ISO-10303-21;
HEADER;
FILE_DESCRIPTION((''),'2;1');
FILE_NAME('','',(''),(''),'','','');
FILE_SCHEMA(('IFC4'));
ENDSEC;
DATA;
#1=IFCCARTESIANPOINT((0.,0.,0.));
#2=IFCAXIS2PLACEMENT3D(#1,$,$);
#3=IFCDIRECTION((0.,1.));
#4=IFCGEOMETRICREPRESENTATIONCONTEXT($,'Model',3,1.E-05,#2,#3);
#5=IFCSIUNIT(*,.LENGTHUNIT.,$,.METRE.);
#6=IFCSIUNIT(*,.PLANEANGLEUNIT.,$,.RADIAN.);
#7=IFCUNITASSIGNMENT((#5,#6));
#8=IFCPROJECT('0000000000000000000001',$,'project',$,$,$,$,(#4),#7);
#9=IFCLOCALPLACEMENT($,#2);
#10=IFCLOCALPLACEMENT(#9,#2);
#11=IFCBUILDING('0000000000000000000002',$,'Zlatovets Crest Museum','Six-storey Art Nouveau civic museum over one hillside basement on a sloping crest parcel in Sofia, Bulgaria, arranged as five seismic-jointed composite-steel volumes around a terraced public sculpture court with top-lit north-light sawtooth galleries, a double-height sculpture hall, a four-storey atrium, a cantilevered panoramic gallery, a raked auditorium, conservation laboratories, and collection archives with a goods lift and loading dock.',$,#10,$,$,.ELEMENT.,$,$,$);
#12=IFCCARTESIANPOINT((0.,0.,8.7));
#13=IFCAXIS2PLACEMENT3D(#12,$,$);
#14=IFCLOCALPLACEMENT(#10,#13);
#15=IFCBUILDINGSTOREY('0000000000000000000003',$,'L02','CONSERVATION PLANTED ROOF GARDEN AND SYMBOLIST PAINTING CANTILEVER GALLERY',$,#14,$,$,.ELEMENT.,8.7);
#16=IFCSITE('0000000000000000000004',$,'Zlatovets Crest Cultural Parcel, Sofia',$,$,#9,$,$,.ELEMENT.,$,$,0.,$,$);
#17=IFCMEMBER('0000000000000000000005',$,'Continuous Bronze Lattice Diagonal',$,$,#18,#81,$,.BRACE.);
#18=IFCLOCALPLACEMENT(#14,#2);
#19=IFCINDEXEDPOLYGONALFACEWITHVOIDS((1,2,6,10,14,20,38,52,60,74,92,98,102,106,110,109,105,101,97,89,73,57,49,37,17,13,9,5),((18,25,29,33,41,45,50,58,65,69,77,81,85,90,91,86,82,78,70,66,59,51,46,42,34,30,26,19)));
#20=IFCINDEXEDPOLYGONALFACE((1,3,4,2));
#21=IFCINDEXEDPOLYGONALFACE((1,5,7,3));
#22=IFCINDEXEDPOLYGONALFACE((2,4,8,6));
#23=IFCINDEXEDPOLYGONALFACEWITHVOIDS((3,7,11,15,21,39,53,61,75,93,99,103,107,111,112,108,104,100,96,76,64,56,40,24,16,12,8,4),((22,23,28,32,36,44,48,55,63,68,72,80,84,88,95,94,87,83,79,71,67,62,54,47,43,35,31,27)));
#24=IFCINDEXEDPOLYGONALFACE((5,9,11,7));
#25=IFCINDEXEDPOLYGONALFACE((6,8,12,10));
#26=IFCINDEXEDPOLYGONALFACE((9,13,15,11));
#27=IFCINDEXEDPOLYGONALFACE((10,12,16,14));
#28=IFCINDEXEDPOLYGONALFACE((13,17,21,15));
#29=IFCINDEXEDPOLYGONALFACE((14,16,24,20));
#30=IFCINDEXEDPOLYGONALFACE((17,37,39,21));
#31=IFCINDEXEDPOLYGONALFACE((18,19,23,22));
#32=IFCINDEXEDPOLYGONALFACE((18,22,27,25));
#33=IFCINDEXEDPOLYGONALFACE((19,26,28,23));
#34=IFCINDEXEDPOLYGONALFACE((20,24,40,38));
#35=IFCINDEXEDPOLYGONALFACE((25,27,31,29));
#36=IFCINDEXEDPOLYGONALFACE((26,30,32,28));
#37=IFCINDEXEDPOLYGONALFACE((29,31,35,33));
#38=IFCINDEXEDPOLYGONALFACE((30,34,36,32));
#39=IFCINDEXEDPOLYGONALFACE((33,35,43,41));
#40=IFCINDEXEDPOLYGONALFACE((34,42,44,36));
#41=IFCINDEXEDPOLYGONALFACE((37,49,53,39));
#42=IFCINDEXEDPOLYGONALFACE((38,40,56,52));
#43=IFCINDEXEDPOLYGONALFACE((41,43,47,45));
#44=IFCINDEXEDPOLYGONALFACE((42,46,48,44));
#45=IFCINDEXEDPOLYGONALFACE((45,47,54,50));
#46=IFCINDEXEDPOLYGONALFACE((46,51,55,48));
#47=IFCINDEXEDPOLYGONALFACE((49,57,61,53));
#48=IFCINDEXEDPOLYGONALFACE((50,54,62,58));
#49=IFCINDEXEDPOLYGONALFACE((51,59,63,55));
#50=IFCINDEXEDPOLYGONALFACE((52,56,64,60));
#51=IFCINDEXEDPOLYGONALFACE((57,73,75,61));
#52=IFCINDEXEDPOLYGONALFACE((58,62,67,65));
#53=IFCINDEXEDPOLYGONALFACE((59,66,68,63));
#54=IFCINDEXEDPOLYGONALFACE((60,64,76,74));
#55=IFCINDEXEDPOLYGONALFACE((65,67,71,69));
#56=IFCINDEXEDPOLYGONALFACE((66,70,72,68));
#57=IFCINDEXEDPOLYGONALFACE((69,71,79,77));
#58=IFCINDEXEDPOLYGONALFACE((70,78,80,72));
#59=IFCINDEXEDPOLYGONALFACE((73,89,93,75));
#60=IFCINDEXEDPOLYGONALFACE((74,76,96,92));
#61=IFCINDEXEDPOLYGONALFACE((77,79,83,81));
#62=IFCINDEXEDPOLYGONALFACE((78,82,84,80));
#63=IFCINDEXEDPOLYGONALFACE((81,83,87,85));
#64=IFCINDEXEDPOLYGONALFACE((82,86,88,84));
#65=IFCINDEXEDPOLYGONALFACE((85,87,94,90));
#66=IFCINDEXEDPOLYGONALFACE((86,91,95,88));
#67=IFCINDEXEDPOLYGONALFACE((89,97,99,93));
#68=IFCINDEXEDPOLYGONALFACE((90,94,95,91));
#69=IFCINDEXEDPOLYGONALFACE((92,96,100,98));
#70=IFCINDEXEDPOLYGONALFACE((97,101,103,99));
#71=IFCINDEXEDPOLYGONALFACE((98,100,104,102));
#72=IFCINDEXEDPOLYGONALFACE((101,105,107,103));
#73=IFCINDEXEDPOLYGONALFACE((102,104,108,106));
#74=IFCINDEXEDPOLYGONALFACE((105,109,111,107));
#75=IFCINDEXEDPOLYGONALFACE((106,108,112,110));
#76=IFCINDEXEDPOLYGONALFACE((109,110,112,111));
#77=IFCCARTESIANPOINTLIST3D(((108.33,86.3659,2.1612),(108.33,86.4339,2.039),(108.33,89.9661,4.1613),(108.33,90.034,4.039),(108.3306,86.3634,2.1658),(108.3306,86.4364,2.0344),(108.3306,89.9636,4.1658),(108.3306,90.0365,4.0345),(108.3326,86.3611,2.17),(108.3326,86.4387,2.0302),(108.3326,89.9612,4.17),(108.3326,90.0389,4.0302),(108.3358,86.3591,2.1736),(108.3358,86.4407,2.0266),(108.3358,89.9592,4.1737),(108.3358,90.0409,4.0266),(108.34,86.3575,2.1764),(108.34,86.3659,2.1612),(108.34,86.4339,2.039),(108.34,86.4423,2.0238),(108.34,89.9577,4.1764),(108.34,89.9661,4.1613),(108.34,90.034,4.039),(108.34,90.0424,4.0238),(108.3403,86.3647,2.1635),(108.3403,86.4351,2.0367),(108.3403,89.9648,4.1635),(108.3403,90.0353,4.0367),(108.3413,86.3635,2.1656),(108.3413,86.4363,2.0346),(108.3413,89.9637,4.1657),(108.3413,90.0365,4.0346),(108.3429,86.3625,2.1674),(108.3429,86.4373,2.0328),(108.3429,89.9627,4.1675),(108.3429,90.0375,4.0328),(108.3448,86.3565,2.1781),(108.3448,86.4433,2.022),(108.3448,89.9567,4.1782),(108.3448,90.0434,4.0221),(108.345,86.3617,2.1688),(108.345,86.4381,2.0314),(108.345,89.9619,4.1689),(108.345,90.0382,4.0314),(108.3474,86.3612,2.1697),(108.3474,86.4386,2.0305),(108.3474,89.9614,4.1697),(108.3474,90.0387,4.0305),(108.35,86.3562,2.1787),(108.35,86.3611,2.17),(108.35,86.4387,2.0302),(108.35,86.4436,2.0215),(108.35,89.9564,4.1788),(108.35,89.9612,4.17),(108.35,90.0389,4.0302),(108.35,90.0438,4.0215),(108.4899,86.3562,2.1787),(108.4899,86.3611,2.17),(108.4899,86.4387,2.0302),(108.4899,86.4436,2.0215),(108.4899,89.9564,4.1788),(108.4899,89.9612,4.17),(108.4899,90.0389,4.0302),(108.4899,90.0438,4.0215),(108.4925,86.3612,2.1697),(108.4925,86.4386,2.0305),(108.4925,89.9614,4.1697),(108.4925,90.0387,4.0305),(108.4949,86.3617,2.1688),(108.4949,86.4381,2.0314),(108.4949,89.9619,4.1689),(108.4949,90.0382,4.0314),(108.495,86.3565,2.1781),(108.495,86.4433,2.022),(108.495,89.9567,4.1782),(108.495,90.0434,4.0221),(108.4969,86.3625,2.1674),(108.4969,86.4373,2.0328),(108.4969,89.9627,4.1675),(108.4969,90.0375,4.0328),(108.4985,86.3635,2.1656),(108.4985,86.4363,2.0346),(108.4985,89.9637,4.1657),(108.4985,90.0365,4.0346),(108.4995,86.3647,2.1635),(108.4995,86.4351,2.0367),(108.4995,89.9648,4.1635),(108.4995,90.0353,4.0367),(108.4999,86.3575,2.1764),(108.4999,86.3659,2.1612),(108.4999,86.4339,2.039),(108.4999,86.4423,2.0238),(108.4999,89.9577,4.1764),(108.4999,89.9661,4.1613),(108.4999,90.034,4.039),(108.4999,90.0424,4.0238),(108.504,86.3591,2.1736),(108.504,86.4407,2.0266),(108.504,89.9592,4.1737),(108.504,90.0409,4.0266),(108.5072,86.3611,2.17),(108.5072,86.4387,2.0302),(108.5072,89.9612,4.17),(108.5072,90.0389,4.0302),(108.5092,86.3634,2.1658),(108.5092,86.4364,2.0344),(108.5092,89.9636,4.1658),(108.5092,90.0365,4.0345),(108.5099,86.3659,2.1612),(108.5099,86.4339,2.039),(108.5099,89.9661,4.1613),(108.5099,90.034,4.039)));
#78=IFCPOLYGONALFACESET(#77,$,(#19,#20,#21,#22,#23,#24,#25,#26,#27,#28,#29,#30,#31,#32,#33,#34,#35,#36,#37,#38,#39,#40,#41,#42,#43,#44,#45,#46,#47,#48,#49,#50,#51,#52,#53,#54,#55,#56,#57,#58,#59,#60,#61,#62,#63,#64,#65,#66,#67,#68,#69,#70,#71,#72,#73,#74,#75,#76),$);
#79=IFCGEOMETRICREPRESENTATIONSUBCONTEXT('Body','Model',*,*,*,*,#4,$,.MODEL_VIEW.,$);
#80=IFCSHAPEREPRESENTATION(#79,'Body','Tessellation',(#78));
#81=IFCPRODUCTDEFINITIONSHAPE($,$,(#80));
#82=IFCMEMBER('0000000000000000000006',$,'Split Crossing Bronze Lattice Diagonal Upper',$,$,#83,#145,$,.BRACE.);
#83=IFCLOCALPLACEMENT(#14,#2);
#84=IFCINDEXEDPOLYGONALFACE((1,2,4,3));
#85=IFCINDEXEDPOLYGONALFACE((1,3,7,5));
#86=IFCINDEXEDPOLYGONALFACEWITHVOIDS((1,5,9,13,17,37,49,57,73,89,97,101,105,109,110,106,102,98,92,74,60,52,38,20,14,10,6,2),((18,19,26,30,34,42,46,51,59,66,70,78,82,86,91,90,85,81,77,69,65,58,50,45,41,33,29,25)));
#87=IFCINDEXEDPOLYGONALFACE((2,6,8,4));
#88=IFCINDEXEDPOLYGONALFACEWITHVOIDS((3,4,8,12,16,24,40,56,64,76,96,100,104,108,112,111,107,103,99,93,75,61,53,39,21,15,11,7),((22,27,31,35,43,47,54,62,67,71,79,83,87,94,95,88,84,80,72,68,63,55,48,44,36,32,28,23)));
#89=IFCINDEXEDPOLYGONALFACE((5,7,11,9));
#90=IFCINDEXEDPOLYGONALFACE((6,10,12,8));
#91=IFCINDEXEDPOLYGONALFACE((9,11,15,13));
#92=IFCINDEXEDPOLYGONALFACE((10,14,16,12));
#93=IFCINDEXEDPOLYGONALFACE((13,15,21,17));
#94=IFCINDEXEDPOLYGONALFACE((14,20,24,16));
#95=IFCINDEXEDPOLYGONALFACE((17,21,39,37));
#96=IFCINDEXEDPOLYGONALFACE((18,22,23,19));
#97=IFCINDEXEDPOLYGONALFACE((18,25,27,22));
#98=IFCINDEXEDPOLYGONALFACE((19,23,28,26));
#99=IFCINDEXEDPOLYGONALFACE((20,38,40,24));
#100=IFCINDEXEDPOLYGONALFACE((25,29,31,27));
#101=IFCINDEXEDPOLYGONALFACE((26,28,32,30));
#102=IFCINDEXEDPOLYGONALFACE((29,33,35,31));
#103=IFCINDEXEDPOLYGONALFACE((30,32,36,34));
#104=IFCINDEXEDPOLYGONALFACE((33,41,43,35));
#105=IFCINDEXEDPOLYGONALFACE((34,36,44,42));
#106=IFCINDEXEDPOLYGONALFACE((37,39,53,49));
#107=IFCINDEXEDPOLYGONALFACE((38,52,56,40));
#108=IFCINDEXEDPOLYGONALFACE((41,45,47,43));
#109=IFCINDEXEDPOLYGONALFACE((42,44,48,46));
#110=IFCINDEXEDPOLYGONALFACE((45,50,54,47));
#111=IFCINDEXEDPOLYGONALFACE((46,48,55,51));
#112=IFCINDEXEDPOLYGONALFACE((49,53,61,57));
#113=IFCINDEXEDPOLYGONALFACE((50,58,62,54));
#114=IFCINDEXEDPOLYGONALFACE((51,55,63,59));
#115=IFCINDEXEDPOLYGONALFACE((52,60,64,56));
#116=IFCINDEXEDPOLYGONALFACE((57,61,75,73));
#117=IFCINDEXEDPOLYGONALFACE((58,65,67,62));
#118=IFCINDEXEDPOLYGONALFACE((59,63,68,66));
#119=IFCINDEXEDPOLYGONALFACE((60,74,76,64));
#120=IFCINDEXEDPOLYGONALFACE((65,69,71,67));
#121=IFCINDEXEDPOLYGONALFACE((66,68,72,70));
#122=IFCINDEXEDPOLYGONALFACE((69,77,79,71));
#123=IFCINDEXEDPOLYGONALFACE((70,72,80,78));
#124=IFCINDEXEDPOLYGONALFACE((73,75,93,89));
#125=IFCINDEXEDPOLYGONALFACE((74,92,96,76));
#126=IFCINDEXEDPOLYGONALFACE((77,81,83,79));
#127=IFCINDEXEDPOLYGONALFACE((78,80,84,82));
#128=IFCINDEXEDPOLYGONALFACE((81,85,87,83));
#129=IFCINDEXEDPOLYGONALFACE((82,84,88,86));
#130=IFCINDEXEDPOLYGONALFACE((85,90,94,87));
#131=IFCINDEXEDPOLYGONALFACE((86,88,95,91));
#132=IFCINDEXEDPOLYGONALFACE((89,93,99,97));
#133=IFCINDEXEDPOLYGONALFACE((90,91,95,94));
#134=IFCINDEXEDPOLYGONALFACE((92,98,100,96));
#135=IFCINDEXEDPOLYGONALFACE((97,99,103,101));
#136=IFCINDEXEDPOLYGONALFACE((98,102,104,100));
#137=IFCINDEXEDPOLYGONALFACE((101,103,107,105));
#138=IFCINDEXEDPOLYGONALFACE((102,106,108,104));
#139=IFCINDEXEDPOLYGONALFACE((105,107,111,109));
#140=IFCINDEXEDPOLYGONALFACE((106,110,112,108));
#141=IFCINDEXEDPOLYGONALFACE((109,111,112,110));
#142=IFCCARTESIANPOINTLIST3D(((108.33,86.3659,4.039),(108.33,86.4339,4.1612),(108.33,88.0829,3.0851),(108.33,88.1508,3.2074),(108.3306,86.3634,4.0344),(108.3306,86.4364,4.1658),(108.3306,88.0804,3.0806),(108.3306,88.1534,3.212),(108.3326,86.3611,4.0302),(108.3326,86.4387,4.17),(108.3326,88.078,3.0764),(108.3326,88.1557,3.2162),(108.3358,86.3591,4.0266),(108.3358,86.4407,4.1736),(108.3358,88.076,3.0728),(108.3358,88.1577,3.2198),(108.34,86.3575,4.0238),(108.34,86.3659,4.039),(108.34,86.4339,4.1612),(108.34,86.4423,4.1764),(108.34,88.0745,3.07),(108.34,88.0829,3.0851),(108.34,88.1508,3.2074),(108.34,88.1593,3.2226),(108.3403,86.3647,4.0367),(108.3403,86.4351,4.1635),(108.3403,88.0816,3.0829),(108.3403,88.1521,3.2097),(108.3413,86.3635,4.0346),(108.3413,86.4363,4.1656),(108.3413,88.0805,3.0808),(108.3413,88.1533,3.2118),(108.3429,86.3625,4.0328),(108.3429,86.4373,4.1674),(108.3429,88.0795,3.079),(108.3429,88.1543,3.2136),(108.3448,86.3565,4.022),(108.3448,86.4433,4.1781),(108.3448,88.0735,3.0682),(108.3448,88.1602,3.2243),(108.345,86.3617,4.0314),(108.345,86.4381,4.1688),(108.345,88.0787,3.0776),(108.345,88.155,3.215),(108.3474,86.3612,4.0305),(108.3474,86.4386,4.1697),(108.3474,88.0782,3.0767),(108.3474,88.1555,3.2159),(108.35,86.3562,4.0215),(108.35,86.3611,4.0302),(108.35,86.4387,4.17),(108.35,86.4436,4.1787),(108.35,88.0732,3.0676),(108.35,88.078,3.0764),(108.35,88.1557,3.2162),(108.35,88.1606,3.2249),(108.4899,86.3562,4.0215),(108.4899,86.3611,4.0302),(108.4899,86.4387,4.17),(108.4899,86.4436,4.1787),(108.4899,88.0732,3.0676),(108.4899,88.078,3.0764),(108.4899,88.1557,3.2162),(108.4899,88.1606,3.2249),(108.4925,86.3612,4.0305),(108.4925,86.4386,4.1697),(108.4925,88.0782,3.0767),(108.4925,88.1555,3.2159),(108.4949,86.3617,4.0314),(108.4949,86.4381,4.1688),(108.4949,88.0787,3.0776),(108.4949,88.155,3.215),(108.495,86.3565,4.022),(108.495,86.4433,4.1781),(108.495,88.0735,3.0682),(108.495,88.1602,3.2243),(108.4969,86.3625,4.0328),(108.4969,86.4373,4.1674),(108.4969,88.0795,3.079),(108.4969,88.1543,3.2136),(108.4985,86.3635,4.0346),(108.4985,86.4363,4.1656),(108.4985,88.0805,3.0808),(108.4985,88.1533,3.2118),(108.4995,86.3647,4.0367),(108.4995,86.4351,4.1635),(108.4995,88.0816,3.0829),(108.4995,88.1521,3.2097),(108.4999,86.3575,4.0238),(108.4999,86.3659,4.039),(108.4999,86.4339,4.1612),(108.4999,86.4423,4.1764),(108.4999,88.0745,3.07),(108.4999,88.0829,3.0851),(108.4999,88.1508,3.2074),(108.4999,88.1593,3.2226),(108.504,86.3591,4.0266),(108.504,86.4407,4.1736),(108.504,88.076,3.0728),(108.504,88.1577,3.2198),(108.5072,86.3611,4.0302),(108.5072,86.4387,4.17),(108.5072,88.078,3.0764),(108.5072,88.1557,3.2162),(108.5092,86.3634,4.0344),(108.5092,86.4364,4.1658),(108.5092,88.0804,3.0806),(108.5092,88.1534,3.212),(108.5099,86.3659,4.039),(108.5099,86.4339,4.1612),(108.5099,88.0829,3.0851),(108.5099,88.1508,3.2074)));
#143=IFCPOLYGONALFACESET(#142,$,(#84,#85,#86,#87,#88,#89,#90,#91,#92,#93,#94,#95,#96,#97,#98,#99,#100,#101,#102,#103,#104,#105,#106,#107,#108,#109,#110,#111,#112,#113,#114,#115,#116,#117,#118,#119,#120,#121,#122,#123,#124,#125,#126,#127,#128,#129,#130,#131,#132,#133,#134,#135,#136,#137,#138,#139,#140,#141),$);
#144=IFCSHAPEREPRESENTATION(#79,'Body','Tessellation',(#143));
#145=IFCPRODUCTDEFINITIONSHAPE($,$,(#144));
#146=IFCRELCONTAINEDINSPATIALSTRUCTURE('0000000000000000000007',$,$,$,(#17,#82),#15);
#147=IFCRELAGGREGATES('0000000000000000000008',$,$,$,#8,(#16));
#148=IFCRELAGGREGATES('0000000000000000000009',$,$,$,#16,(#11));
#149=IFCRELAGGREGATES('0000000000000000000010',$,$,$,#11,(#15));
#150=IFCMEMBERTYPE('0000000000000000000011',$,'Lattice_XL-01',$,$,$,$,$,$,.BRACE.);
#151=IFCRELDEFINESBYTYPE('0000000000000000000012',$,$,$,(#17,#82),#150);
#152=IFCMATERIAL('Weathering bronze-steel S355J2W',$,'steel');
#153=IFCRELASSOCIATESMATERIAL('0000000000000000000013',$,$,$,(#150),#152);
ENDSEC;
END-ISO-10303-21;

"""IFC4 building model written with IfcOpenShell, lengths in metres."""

from ifc_helpers import new_model, si_unit, direction, frame, origin, origin_2d, place, context, subcontext, project, spatial, hollow_rectangle, extrude, material, material_profile, profile_set, type_object, element, save


model = new_model("IFC4")

# Units and contexts
model_context = context("Model", 3, precision=1e-05, world=origin(), true_north=direction((0.0, 1.0)))
body_context = subcontext(model_context, "Body", "Model", "MODEL_VIEW")
ifc_project = project(units=[si_unit("LENGTHUNIT", "METRE"), si_unit("PLANEANGLEUNIT", "RADIAN")], contexts=[model_context])

# Site, building, storey
site_placement = place(None, origin())
site = spatial("IfcSite", under=ifc_project, at=site_placement, Name="Zlatovets Crest Cultural Parcel, Sofia", CompositionType="ELEMENT", RefElevation=0.0)
building_placement = place(site_placement, origin())
building = spatial("IfcBuilding", under=site, at=building_placement, Name="Zlatovets Crest Museum", Description="Six-storey Art Nouveau civic museum over one hillside basement on a sloping crest parcel in Sofia, Bulgaria, arranged as five seismic-jointed composite-steel volumes around a terraced public sculpture court with top-lit north-light sawtooth galleries, a double-height sculpture hall, a four-storey atrium, a cantilevered panoramic gallery, a raked auditorium, conservation laboratories, and collection archives with a goods lift and loading dock.", CompositionType="ELEMENT")
storey_placement = place(building_placement, frame((0.0, 0.0, 8.7)))
storey = spatial("IfcBuildingStorey", under=building, at=storey_placement, Name="L02", Description="CONSERVATION PLANTED ROOF GARDEN AND SYMBOLIST PAINTING CANTILEVER GALLERY", CompositionType="ELEMENT", Elevation=8.7)

# Members
ifc_material_1 = material(Name="Weathering bronze-steel S355J2W", Category="steel")
ifc_material_profile_1 = material_profile(ifc_material_1, hollow_rectangle(XDim=0.1799, YDim=0.1799, WallThickness=0.01, InnerFilletRadius=0.01, OuterFilletRadius=0.02, at=origin_2d()), Name="SHS 180x180x10.0")
ifc_profile_set_1 = profile_set([ifc_material_profile_1], Name="Weathering bronze-steel S355J2W")
member_type_1 = type_object("IfcMemberType", Name="Lattice_XL-01", PredefinedType="BRACE", material=ifc_profile_set_1)
member_1_placement = place(storey_placement, frame((108.4199, 86.3999, 2.1001), z_axis=(0.0, 0.874163, 0.485633), x_axis=(-1.0, 0.0, 0.0)))
element("IfcMember", 1, at=member_1_placement, inside=storey, type_object=member_type_1, Name="Continuous Bronze Lattice Diagonal", PredefinedType="BRACE", context=body_context, shape_type="SweptSolid", body=[
    extrude(hollow_rectangle(XDim=0.1799, YDim=0.1799, WallThickness=0.01, InnerFilletRadius=0.01, OuterFilletRadius=0.02, at=origin_2d()), origin(), (0.0, 0.0, 1.0), 4.1184),
])
for number, where, z_axis, x_axis, name in (
    (2, (108.4199, 86.3999, 4.1001), (0.0, 0.874169, -0.485622), (-1.0, 0.0, 0.0), "Split Crossing Bronze Lattice Diagonal Upper"),
):
    element("IfcMember", number, at=place(storey_placement, frame(where, z_axis=z_axis, x_axis=x_axis)), inside=storey, type_object=member_type_1, Name=name, PredefinedType="BRACE", context=body_context, shape_type="SweptSolid", body=[
        extrude(hollow_rectangle(XDim=0.1799, YDim=0.1799, WallThickness=0.01, InnerFilletRadius=0.01, OuterFilletRadius=0.02, at=origin_2d()), origin(), (0.0, 0.0, 1.0), 1.9641),
    ])

save(model, "model.ifc")
